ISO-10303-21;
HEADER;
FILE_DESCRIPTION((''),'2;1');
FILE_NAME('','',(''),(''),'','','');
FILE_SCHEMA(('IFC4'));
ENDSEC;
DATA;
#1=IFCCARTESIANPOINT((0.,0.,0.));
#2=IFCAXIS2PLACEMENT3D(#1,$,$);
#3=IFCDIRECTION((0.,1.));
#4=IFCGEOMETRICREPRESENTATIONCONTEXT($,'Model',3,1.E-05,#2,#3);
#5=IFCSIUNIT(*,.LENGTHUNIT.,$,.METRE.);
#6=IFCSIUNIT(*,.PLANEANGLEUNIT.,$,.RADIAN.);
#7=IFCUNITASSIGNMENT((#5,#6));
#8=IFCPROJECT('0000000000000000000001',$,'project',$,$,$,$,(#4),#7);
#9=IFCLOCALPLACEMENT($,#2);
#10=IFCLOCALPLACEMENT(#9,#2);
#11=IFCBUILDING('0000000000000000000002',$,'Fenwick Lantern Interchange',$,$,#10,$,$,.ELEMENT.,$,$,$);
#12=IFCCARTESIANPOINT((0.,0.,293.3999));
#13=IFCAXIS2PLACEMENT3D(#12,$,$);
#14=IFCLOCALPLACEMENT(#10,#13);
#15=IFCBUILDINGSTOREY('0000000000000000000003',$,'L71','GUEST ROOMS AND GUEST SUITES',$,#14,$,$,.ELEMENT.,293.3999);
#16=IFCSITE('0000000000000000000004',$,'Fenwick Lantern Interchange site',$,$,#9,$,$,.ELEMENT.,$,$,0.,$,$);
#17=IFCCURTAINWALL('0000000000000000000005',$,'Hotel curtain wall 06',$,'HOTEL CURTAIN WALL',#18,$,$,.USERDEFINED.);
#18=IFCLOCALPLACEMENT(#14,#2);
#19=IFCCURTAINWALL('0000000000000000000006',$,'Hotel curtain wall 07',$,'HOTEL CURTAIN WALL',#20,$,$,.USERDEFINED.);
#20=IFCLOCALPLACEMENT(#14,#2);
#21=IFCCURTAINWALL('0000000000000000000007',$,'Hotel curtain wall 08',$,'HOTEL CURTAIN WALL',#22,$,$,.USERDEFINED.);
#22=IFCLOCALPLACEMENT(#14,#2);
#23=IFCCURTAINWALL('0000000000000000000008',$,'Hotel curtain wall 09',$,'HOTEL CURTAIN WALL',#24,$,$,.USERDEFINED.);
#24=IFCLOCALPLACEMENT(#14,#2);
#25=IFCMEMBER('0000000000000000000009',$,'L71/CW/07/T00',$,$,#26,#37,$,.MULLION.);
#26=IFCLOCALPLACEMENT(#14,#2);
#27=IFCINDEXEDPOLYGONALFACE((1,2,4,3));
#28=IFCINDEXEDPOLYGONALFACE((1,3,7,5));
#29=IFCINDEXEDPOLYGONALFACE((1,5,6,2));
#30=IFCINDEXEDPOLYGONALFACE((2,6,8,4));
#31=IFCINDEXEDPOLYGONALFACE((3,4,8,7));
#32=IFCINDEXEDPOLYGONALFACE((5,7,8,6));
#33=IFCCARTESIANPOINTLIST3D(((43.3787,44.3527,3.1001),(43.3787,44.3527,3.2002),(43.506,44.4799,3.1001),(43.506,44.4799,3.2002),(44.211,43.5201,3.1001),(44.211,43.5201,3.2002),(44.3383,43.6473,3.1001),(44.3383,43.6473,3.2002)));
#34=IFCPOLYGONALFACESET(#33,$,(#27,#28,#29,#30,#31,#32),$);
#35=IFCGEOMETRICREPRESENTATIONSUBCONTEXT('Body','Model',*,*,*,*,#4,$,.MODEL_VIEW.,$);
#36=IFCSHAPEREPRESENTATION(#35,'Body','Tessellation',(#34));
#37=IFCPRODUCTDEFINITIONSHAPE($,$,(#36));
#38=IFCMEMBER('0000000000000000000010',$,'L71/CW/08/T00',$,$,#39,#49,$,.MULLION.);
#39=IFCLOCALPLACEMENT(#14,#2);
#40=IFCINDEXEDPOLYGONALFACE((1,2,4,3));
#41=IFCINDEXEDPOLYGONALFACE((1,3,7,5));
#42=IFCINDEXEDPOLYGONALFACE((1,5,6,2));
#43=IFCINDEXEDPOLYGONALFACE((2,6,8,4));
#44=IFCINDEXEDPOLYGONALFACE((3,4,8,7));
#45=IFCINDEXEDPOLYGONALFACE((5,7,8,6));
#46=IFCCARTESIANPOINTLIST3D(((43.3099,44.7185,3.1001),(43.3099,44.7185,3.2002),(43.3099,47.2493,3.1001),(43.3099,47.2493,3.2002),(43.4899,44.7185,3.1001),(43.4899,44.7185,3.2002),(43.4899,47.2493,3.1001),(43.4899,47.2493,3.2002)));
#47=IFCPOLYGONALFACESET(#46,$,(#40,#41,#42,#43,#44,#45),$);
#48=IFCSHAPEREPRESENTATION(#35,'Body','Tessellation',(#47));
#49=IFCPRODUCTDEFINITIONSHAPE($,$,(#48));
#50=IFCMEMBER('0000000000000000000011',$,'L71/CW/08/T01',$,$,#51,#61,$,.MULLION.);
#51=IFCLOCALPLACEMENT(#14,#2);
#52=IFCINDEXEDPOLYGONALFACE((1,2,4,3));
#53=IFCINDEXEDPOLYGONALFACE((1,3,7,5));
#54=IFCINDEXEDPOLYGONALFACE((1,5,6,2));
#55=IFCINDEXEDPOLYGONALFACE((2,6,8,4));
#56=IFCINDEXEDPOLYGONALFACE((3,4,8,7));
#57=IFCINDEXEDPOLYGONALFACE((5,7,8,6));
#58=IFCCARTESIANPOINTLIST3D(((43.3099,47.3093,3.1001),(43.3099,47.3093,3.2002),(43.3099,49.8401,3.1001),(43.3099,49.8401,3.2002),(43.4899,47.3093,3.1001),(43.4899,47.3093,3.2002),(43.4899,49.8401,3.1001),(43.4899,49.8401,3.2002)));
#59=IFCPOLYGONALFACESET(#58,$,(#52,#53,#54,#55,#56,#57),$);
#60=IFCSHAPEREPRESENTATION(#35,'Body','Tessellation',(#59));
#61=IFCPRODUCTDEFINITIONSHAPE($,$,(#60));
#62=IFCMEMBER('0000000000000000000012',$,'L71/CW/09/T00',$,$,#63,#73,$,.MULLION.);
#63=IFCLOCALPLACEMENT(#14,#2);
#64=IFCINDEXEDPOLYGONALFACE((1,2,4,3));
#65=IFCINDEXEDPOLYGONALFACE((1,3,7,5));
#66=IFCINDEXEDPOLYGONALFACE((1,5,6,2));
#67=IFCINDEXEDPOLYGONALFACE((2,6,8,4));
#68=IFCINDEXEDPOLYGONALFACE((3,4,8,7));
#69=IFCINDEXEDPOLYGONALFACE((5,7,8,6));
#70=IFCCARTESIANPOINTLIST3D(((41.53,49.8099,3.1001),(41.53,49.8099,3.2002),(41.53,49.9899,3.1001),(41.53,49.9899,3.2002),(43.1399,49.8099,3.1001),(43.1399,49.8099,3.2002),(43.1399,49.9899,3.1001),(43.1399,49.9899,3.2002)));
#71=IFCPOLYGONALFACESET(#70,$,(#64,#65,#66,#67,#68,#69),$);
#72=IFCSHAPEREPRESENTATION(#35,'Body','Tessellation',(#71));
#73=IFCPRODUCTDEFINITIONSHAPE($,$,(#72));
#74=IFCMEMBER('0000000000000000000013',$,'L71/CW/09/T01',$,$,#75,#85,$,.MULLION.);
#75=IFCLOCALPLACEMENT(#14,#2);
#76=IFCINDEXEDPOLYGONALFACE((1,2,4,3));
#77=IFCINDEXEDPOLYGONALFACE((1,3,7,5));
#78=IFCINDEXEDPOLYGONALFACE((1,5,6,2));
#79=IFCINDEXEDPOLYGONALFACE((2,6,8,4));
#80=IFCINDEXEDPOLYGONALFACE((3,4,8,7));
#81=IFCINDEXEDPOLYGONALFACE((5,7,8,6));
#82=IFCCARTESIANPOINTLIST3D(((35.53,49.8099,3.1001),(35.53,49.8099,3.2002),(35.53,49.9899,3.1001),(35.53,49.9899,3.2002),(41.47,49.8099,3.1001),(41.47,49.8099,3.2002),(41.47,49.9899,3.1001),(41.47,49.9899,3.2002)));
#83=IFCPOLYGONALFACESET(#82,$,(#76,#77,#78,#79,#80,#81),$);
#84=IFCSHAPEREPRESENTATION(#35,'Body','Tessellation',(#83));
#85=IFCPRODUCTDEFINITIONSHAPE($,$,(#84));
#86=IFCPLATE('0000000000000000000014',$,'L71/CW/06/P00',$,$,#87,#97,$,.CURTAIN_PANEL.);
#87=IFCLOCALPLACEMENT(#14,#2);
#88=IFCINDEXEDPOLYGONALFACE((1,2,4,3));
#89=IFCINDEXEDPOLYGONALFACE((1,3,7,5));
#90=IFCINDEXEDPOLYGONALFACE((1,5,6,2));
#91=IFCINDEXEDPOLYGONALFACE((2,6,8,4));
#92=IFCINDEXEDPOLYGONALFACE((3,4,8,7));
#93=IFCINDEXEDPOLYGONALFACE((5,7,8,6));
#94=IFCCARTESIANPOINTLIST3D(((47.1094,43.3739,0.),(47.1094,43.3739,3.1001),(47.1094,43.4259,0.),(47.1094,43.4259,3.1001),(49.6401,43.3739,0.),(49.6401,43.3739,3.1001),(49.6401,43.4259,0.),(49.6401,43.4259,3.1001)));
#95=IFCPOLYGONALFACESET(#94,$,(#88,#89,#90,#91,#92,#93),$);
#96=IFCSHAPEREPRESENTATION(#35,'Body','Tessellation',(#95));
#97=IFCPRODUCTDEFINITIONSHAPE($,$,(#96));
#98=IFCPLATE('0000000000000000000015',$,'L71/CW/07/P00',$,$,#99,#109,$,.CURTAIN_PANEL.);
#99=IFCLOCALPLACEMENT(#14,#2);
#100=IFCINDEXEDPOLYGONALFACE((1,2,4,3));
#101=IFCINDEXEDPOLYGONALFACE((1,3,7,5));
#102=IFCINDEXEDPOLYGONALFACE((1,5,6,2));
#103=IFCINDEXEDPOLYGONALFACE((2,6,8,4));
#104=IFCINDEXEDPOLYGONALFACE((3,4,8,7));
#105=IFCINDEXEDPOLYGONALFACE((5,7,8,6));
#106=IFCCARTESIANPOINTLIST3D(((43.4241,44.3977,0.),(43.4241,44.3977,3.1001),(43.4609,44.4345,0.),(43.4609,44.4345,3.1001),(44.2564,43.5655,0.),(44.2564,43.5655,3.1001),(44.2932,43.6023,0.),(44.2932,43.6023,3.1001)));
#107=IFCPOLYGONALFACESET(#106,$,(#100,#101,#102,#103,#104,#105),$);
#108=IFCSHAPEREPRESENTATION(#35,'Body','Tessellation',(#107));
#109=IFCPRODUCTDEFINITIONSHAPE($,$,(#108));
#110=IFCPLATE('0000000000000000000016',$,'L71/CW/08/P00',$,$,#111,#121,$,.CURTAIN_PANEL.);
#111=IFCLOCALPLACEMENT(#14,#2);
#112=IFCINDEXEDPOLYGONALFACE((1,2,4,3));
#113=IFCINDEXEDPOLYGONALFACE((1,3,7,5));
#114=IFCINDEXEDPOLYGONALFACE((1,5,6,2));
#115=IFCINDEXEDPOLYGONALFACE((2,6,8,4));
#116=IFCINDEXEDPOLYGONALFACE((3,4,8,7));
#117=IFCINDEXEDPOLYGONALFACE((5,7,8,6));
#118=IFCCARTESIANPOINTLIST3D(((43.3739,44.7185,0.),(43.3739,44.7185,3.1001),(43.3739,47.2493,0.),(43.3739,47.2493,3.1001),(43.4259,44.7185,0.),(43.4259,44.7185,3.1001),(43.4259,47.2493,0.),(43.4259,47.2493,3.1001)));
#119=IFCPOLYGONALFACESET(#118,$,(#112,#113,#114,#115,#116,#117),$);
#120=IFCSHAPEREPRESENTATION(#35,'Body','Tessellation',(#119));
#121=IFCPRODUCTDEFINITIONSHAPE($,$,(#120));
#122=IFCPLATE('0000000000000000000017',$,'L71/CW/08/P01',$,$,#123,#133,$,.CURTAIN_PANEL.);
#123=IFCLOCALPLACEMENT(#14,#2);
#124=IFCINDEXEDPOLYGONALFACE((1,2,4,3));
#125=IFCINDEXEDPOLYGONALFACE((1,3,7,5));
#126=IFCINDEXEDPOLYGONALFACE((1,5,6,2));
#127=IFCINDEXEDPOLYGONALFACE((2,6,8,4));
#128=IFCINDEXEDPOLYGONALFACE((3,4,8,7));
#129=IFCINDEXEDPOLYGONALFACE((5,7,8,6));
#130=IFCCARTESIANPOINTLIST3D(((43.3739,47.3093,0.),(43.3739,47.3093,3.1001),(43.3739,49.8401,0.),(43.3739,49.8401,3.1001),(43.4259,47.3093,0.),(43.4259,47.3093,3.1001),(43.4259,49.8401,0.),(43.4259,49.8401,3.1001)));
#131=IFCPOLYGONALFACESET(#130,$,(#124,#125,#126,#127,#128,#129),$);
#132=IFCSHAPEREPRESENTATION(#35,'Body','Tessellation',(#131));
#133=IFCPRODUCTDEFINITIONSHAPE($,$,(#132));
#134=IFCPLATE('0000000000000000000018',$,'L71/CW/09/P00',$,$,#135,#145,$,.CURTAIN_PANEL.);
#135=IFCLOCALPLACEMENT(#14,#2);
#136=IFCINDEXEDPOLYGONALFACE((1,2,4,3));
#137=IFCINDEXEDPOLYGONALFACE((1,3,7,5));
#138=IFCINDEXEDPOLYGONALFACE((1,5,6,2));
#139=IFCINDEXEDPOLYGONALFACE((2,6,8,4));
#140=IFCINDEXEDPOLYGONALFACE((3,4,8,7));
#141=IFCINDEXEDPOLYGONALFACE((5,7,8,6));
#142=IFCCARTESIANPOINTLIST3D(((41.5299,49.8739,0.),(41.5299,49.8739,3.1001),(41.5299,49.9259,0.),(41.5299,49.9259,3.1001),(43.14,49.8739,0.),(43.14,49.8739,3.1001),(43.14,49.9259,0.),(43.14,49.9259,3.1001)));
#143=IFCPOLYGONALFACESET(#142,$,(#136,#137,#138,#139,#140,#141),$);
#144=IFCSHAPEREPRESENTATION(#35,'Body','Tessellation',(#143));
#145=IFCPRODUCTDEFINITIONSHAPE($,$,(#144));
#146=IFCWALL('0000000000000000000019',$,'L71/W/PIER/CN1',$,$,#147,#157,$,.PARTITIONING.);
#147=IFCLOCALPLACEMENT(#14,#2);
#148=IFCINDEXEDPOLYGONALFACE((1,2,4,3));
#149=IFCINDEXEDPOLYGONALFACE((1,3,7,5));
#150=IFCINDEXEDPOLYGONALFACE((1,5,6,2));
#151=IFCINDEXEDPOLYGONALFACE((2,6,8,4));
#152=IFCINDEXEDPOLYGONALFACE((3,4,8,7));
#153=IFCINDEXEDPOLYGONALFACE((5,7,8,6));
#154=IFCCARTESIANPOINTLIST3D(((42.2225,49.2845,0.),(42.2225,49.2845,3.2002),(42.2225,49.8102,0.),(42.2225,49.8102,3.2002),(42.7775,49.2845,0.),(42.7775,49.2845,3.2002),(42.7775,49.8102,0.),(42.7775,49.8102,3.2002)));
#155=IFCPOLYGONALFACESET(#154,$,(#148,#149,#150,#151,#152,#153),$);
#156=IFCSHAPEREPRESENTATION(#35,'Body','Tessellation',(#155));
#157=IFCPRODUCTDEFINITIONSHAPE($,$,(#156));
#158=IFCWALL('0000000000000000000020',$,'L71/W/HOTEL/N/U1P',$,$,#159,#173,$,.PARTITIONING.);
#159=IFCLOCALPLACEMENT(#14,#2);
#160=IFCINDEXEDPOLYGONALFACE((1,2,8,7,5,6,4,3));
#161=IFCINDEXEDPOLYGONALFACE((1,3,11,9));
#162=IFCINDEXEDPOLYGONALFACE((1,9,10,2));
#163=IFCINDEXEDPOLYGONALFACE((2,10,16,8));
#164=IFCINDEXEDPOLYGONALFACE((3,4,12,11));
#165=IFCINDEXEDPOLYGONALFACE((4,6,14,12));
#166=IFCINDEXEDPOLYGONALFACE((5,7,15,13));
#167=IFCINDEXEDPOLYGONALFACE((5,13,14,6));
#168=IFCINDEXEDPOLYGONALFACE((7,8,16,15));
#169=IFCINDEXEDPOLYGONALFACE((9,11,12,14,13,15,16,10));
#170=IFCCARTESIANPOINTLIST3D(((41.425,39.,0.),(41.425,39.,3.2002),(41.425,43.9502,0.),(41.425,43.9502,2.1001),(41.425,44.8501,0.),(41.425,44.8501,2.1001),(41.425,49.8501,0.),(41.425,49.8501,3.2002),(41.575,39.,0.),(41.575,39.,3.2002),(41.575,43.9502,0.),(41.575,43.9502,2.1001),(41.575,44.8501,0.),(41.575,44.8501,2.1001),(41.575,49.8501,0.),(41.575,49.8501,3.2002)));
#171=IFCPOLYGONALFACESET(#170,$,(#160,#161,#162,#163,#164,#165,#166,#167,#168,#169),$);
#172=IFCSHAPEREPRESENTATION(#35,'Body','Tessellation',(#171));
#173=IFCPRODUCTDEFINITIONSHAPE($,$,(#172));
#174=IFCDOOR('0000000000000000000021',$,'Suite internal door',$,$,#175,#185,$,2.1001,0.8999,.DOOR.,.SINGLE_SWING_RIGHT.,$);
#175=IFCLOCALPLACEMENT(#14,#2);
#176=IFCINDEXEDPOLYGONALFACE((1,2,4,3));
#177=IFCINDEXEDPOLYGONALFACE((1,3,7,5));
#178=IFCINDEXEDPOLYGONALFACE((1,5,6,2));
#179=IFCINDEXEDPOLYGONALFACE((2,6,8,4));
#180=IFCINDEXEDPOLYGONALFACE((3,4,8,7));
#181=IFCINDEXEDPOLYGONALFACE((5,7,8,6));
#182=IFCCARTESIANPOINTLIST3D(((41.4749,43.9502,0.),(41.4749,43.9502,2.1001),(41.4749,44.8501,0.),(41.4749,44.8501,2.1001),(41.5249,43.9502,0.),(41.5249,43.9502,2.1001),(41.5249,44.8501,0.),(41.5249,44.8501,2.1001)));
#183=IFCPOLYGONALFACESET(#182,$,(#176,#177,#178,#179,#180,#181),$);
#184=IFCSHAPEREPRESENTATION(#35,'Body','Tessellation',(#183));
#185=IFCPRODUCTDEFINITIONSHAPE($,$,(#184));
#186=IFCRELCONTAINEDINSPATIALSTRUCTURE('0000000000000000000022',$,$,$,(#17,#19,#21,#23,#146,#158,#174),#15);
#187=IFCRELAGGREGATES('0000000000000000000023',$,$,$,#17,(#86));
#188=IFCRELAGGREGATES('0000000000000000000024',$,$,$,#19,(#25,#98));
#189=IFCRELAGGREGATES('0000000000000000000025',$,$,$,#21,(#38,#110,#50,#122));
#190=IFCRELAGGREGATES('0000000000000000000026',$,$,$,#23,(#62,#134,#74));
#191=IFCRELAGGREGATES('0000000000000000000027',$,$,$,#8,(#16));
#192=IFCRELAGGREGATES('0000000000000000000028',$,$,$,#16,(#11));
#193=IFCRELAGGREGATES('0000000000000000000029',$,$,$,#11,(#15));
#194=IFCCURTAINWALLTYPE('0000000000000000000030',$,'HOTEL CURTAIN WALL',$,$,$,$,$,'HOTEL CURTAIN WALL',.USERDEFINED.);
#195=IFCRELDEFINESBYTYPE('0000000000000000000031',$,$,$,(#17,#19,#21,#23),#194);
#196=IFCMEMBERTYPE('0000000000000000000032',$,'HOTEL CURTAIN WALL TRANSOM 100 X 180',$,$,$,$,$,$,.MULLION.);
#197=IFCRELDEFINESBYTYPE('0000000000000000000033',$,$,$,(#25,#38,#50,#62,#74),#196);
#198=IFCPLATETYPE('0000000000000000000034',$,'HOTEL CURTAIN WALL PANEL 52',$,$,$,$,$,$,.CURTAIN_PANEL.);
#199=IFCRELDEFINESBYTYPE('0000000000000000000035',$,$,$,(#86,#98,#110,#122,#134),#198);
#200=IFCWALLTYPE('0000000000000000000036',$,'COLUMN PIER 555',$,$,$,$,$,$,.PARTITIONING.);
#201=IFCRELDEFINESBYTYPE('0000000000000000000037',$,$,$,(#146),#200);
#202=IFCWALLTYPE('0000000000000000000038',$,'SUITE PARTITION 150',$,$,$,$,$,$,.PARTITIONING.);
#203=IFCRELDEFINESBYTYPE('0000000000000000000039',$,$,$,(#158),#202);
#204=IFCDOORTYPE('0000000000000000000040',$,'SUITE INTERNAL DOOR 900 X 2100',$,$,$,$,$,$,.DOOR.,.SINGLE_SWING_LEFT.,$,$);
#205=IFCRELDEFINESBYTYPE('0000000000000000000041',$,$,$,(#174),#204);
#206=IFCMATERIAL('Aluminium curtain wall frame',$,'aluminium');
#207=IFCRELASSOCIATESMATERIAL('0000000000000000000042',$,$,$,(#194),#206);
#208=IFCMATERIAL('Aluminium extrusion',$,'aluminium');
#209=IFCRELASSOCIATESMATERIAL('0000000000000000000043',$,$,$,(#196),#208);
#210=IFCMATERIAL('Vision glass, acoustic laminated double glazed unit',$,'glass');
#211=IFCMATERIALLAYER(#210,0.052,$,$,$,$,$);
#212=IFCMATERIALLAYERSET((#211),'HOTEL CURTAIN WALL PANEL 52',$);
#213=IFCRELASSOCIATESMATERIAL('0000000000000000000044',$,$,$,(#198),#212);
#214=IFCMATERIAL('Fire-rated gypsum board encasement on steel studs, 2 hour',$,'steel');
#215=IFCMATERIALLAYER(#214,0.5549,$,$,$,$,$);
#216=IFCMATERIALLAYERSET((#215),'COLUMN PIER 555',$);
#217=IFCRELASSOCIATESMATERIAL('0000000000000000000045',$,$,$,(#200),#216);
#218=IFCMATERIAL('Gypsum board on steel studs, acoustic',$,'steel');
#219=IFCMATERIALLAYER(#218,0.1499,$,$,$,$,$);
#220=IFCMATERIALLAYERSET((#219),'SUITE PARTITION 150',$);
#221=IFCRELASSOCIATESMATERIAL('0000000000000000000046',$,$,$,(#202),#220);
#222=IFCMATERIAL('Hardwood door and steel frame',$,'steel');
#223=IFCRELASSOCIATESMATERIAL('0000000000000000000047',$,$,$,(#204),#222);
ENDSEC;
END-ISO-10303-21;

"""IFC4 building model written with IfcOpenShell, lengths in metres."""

from ifc_helpers import new_model, si_unit, direction, frame, frame_2d, origin, origin_2d, place, context, subcontext, project, spatial, rectangle, extrude, material, layer, layer_set, material_profile, profile_set, type_object, element, fill, aggregate, save


model = new_model("IFC4")

# Units and contexts
model_context = context("Model", 3, precision=1e-05, world=origin(), true_north=direction((0.0, 1.0)))
body_context = subcontext(model_context, "Body", "Model", "MODEL_VIEW")
ifc_project = project(units=[si_unit("LENGTHUNIT", "METRE"), si_unit("PLANEANGLEUNIT", "RADIAN")], contexts=[model_context])

# Site, building, storey
site_placement = place(None, origin())
site = spatial("IfcSite", under=ifc_project, at=site_placement, Name="Fenwick Lantern Interchange site", CompositionType="ELEMENT", RefElevation=0.0)
building_placement = place(site_placement, origin())
building = spatial("IfcBuilding", under=site, at=building_placement, Name="Fenwick Lantern Interchange", CompositionType="ELEMENT")
storey_placement = place(building_placement, frame((0.0, 0.0, 293.3999)))
storey = spatial("IfcBuildingStorey", under=building, at=storey_placement, Name="L71", Description="GUEST ROOMS AND GUEST SUITES", CompositionType="ELEMENT", Elevation=293.3999)

# Curtain walls
ifc_material_1 = material(Name="Aluminium curtain wall frame", Category="aluminium")
curtain_wall_type = type_object("IfcCurtainWallType", Name="HOTEL CURTAIN WALL", ElementType="HOTEL CURTAIN WALL", PredefinedType="USERDEFINED", material=ifc_material_1)
curtain_wall_1_placement = place(storey_placement, origin())
curtain_wall_1 = element("IfcCurtainWall", 1, at=curtain_wall_1_placement, inside=storey, type_object=curtain_wall_type, Name="Hotel curtain wall 06", ObjectType="HOTEL CURTAIN WALL", PredefinedType="USERDEFINED")
ifc_material_2 = material(Name="Aluminium extrusion", Category="aluminium")
curtain_wall_2_placement = place(storey_placement, origin())
curtain_wall_2 = element("IfcCurtainWall", 2, at=curtain_wall_2_placement, inside=storey, type_object=curtain_wall_type, Name="Hotel curtain wall 07", ObjectType="HOTEL CURTAIN WALL", PredefinedType="USERDEFINED")
curtain_wall_3_placement = place(storey_placement, origin())
curtain_wall_3 = element("IfcCurtainWall", 3, at=curtain_wall_3_placement, inside=storey, type_object=curtain_wall_type, Name="Hotel curtain wall 08", ObjectType="HOTEL CURTAIN WALL", PredefinedType="USERDEFINED")
curtain_wall_4_placement = place(storey_placement, origin())
curtain_wall_4 = element("IfcCurtainWall", 4, at=curtain_wall_4_placement, inside=storey, type_object=curtain_wall_type, Name="Hotel curtain wall 09", ObjectType="HOTEL CURTAIN WALL", PredefinedType="USERDEFINED")

# Members
ifc_material_profile_1 = material_profile(ifc_material_2, rectangle(XDim=0.1799, YDim=0.1001, at=origin_2d()), Name="HOTEL CURTAIN WALL TRANSOM 100 X 180")
ifc_profile_set_1 = profile_set([ifc_material_profile_1], Name="Aluminium extrusion")
member_type_1 = type_object("IfcMemberType", Name="HOTEL CURTAIN WALL TRANSOM 100 X 180", PredefinedType="MULLION", material=ifc_profile_set_1)
member_1_placement = place(storey_placement, frame((44.2747, 43.5837, 3.1501), z_axis=(-0.707003, 0.70721, 0.0), x_axis=(-0.70721, -0.707003, 0.0)))
member_1 = element("IfcMember", 5, at=member_1_placement, type_object=member_type_1, Name="L71/CW/07/T00", PredefinedType="MULLION", context=body_context, shape_type="SweptSolid", body=[
    extrude(rectangle(XDim=0.1799, YDim=0.1001, at=origin_2d()), origin(), (0.0, 0.0, 1.0), 1.1772),
])
member_2_placement = place(storey_placement, frame((43.3999, 44.7185, 3.1501), z_axis=(0.0, 1.0, 0.0), x_axis=(-1.0, 0.0, 0.0)))
member_2 = element("IfcMember", 6, at=member_2_placement, type_object=member_type_1, Name="L71/CW/08/T00", PredefinedType="MULLION", context=body_context, shape_type="SweptSolid", body=[
    extrude(rectangle(XDim=0.1799, YDim=0.1001, at=origin_2d()), origin(), (0.0, 0.0, 1.0), 2.5308),
])
member_3_placement = place(storey_placement, frame((43.3999, 47.3093, 3.1501), z_axis=(0.0, 1.0, 0.0), x_axis=(-1.0, 0.0, 0.0)))
member_3 = element("IfcMember", 7, at=member_3_placement, type_object=member_type_1, Name="L71/CW/08/T01", PredefinedType="MULLION", context=body_context, shape_type="SweptSolid", body=[
    extrude(rectangle(XDim=0.1799, YDim=0.1001, at=origin_2d()), origin(), (0.0, 0.0, 1.0), 2.5308),
])
member_4_placement = place(storey_placement, frame((43.1399, 49.8999, 3.1501), z_axis=(-1.0, 0.0, 0.0), x_axis=(0.0, -1.0, 0.0)))
member_4 = element("IfcMember", 8, at=member_4_placement, type_object=member_type_1, Name="L71/CW/09/T00", PredefinedType="MULLION", context=body_context, shape_type="SweptSolid", body=[
    extrude(rectangle(XDim=0.1799, YDim=0.1001, at=origin_2d()), origin(), (0.0, 0.0, 1.0), 1.6099),
])
member_5_placement = place(storey_placement, frame((41.47, 49.8999, 3.1501), z_axis=(-1.0, 0.0, 0.0), x_axis=(0.0, -1.0, 0.0)))
member_5 = element("IfcMember", 9, at=member_5_placement, type_object=member_type_1, Name="L71/CW/09/T01", PredefinedType="MULLION", context=body_context, shape_type="SweptSolid", body=[
    extrude(rectangle(XDim=0.1799, YDim=0.1001, at=origin_2d()), origin(), (0.0, 0.0, 1.0), 5.9399),
])

# Plates
ifc_material_3 = material(Name="Vision glass, acoustic laminated double glazed unit", Category="glass")
ifc_layer_1 = layer(ifc_material_3, 0.052)
ifc_layer_set_1 = layer_set([ifc_layer_1], Name="HOTEL CURTAIN WALL PANEL 52")
plate_type = type_object("IfcPlateType", Name="HOTEL CURTAIN WALL PANEL 52", PredefinedType="CURTAIN_PANEL", material=ifc_layer_set_1)
plate_1_placement = place(storey_placement, frame((48.3748, 43.3999, 0.0), z_axis=(0.0, 0.0, 1.0), x_axis=(-1.0, 0.0, 0.0)))
plate_1 = element("IfcPlate", 10, at=plate_1_placement, type_object=plate_type, Name="L71/CW/06/P00", PredefinedType="CURTAIN_PANEL", context=body_context, shape_type="SweptSolid", body=[
    extrude(rectangle(XDim=2.5308, YDim=0.052, at=origin_2d()), origin(), (0.0, 0.0, 1.0), 3.1001),
])
aggregate(curtain_wall_1, [plate_1])
plate_2_placement = place(storey_placement, frame((43.8586, 44.0, 0.0), z_axis=(0.0, 0.0, 1.0), x_axis=(-0.707107, 0.707107, 0.0)))
plate_2 = element("IfcPlate", 11, at=plate_2_placement, type_object=plate_type, Name="L71/CW/07/P00", PredefinedType="CURTAIN_PANEL", context=body_context, shape_type="SweptSolid", body=[
    extrude(rectangle(XDim=1.177, YDim=0.052, at=origin_2d()), origin(), (0.0, 0.0, 1.0), 3.1001),
])
aggregate(curtain_wall_2, [member_1, plate_2])
plate_3_placement = place(storey_placement, frame((43.3999, 45.9839, 0.0), z_axis=(0.0, 0.0, 1.0), x_axis=(0.0, 1.0, 0.0)))
plate_3 = element("IfcPlate", 12, at=plate_3_placement, type_object=plate_type, Name="L71/CW/08/P00", PredefinedType="CURTAIN_PANEL", context=body_context, shape_type="SweptSolid", body=[
    extrude(rectangle(XDim=2.5308, YDim=0.052, at=origin_2d()), origin(), (0.0, 0.0, 1.0), 3.1001),
])
plate_4_placement = place(storey_placement, frame((43.3999, 48.5747, 0.0), z_axis=(0.0, 0.0, 1.0), x_axis=(0.0, 1.0, 0.0)))
plate_4 = element("IfcPlate", 13, at=plate_4_placement, type_object=plate_type, Name="L71/CW/08/P01", PredefinedType="CURTAIN_PANEL", context=body_context, shape_type="SweptSolid", body=[
    extrude(rectangle(XDim=2.5308, YDim=0.052, at=origin_2d()), origin(), (0.0, 0.0, 1.0), 3.1001),
])
aggregate(curtain_wall_3, [member_2, plate_3, member_3, plate_4])
plate_5_placement = place(storey_placement, frame((42.335, 49.8999, 0.0), z_axis=(0.0, 0.0, 1.0), x_axis=(-1.0, 0.0, 0.0)))
plate_5 = element("IfcPlate", 14, at=plate_5_placement, type_object=plate_type, Name="L71/CW/09/P00", PredefinedType="CURTAIN_PANEL", context=body_context, shape_type="SweptSolid", body=[
    extrude(rectangle(XDim=1.6101, YDim=0.052, at=origin_2d()), origin(), (0.0, 0.0, 1.0), 3.1001),
])
aggregate(curtain_wall_4, [member_4, plate_5, member_5])

# Wall
ifc_material_4 = material(Name="Fire-rated gypsum board encasement on steel studs, 2 hour", Category="steel")
ifc_layer_2 = layer(ifc_material_4, 0.5549)
ifc_layer_set_2 = layer_set([ifc_layer_2], Name="COLUMN PIER 555")
wall_type_1 = type_object("IfcWallType", Name="COLUMN PIER 555", PredefinedType="PARTITIONING", material=ifc_layer_set_2)
wall_1_placement = place(storey_placement, frame((42.5, 49.8101, 0.0), z_axis=(0.0, 0.0, 1.0), x_axis=(0.0, -1.0, 0.0)))
element("IfcWall", 15, at=wall_1_placement, inside=storey, type_object=wall_type_1, Name="L71/W/PIER/CN1", PredefinedType="PARTITIONING", context=body_context, shape_type="SweptSolid", body=[
    extrude(rectangle(XDim=0.5256, YDim=0.5549, at=frame_2d((0.2627, 0.0))), origin(), (0.0, 0.0, 1.0), 3.2002),
])

# Wall, opening, door
ifc_material_5 = material(Name="Gypsum board on steel studs, acoustic", Category="steel")
ifc_layer_3 = layer(ifc_material_5, 0.1499)
ifc_layer_set_3 = layer_set([ifc_layer_3], Name="SUITE PARTITION 150")
wall_type_2 = type_object("IfcWallType", Name="SUITE PARTITION 150", PredefinedType="PARTITIONING", material=ifc_layer_set_3)
wall_2_placement = place(storey_placement, frame((41.5, 49.8501, 0.0), z_axis=(0.0, 0.0, 1.0), x_axis=(0.0, -1.0, 0.0)))
wall_2 = element("IfcWall", 16, at=wall_2_placement, inside=storey, type_object=wall_type_2, Name="L71/W/HOTEL/N/U1P", PredefinedType="PARTITIONING", context=body_context, shape_type="SweptSolid", body=[
    extrude(rectangle(XDim=10.8501, YDim=0.1499, at=frame_2d((5.425, 0.0))), origin(), (0.0, 0.0, 1.0), 3.2002),
])
opening_placement = place(wall_2_placement, frame((5.0, 0.0, 0.0)))
opening = element("IfcOpeningElement", 17, at=opening_placement, cuts=wall_2, PredefinedType="OPENING", context=body_context, shape_type="SweptSolid", body=[
    extrude(rectangle(XDim=0.8999, YDim=2.1001, at=frame_2d((0.45, 1.05))), frame((0.0, 0.085, 0.0), z_axis=(0.0, -1.0, 0.0), x_axis=(1.0, 0.0, 0.0)), (0.0, 0.0, 1.0), 0.1699),
])
ifc_material_6 = material(Name="Hardwood door and steel frame", Category="steel")
door_type = type_object("IfcDoorType", Name="SUITE INTERNAL DOOR 900 X 2100", OperationType="SINGLE_SWING_LEFT", PredefinedType="DOOR", material=ifc_material_6)
door_placement = place(opening_placement, origin())
door = element("IfcDoor", 18, at=door_placement, inside=storey, type_object=door_type, Name="Suite internal door", OperationType="SINGLE_SWING_RIGHT", OverallHeight=2.1001, OverallWidth=0.8999, PredefinedType="DOOR", context=body_context, shape_type="SweptSolid", body=[
    extrude(rectangle(XDim=0.8999, YDim=2.1001, at=frame_2d((0.45, 1.05))), frame((0.0, 0.0249, 0.0), z_axis=(0.0, -1.0, 0.0), x_axis=(1.0, 0.0, 0.0)), (0.0, 0.0, 1.0), 0.05),
])
fill(opening, door)

save(model, "model.ifc")
